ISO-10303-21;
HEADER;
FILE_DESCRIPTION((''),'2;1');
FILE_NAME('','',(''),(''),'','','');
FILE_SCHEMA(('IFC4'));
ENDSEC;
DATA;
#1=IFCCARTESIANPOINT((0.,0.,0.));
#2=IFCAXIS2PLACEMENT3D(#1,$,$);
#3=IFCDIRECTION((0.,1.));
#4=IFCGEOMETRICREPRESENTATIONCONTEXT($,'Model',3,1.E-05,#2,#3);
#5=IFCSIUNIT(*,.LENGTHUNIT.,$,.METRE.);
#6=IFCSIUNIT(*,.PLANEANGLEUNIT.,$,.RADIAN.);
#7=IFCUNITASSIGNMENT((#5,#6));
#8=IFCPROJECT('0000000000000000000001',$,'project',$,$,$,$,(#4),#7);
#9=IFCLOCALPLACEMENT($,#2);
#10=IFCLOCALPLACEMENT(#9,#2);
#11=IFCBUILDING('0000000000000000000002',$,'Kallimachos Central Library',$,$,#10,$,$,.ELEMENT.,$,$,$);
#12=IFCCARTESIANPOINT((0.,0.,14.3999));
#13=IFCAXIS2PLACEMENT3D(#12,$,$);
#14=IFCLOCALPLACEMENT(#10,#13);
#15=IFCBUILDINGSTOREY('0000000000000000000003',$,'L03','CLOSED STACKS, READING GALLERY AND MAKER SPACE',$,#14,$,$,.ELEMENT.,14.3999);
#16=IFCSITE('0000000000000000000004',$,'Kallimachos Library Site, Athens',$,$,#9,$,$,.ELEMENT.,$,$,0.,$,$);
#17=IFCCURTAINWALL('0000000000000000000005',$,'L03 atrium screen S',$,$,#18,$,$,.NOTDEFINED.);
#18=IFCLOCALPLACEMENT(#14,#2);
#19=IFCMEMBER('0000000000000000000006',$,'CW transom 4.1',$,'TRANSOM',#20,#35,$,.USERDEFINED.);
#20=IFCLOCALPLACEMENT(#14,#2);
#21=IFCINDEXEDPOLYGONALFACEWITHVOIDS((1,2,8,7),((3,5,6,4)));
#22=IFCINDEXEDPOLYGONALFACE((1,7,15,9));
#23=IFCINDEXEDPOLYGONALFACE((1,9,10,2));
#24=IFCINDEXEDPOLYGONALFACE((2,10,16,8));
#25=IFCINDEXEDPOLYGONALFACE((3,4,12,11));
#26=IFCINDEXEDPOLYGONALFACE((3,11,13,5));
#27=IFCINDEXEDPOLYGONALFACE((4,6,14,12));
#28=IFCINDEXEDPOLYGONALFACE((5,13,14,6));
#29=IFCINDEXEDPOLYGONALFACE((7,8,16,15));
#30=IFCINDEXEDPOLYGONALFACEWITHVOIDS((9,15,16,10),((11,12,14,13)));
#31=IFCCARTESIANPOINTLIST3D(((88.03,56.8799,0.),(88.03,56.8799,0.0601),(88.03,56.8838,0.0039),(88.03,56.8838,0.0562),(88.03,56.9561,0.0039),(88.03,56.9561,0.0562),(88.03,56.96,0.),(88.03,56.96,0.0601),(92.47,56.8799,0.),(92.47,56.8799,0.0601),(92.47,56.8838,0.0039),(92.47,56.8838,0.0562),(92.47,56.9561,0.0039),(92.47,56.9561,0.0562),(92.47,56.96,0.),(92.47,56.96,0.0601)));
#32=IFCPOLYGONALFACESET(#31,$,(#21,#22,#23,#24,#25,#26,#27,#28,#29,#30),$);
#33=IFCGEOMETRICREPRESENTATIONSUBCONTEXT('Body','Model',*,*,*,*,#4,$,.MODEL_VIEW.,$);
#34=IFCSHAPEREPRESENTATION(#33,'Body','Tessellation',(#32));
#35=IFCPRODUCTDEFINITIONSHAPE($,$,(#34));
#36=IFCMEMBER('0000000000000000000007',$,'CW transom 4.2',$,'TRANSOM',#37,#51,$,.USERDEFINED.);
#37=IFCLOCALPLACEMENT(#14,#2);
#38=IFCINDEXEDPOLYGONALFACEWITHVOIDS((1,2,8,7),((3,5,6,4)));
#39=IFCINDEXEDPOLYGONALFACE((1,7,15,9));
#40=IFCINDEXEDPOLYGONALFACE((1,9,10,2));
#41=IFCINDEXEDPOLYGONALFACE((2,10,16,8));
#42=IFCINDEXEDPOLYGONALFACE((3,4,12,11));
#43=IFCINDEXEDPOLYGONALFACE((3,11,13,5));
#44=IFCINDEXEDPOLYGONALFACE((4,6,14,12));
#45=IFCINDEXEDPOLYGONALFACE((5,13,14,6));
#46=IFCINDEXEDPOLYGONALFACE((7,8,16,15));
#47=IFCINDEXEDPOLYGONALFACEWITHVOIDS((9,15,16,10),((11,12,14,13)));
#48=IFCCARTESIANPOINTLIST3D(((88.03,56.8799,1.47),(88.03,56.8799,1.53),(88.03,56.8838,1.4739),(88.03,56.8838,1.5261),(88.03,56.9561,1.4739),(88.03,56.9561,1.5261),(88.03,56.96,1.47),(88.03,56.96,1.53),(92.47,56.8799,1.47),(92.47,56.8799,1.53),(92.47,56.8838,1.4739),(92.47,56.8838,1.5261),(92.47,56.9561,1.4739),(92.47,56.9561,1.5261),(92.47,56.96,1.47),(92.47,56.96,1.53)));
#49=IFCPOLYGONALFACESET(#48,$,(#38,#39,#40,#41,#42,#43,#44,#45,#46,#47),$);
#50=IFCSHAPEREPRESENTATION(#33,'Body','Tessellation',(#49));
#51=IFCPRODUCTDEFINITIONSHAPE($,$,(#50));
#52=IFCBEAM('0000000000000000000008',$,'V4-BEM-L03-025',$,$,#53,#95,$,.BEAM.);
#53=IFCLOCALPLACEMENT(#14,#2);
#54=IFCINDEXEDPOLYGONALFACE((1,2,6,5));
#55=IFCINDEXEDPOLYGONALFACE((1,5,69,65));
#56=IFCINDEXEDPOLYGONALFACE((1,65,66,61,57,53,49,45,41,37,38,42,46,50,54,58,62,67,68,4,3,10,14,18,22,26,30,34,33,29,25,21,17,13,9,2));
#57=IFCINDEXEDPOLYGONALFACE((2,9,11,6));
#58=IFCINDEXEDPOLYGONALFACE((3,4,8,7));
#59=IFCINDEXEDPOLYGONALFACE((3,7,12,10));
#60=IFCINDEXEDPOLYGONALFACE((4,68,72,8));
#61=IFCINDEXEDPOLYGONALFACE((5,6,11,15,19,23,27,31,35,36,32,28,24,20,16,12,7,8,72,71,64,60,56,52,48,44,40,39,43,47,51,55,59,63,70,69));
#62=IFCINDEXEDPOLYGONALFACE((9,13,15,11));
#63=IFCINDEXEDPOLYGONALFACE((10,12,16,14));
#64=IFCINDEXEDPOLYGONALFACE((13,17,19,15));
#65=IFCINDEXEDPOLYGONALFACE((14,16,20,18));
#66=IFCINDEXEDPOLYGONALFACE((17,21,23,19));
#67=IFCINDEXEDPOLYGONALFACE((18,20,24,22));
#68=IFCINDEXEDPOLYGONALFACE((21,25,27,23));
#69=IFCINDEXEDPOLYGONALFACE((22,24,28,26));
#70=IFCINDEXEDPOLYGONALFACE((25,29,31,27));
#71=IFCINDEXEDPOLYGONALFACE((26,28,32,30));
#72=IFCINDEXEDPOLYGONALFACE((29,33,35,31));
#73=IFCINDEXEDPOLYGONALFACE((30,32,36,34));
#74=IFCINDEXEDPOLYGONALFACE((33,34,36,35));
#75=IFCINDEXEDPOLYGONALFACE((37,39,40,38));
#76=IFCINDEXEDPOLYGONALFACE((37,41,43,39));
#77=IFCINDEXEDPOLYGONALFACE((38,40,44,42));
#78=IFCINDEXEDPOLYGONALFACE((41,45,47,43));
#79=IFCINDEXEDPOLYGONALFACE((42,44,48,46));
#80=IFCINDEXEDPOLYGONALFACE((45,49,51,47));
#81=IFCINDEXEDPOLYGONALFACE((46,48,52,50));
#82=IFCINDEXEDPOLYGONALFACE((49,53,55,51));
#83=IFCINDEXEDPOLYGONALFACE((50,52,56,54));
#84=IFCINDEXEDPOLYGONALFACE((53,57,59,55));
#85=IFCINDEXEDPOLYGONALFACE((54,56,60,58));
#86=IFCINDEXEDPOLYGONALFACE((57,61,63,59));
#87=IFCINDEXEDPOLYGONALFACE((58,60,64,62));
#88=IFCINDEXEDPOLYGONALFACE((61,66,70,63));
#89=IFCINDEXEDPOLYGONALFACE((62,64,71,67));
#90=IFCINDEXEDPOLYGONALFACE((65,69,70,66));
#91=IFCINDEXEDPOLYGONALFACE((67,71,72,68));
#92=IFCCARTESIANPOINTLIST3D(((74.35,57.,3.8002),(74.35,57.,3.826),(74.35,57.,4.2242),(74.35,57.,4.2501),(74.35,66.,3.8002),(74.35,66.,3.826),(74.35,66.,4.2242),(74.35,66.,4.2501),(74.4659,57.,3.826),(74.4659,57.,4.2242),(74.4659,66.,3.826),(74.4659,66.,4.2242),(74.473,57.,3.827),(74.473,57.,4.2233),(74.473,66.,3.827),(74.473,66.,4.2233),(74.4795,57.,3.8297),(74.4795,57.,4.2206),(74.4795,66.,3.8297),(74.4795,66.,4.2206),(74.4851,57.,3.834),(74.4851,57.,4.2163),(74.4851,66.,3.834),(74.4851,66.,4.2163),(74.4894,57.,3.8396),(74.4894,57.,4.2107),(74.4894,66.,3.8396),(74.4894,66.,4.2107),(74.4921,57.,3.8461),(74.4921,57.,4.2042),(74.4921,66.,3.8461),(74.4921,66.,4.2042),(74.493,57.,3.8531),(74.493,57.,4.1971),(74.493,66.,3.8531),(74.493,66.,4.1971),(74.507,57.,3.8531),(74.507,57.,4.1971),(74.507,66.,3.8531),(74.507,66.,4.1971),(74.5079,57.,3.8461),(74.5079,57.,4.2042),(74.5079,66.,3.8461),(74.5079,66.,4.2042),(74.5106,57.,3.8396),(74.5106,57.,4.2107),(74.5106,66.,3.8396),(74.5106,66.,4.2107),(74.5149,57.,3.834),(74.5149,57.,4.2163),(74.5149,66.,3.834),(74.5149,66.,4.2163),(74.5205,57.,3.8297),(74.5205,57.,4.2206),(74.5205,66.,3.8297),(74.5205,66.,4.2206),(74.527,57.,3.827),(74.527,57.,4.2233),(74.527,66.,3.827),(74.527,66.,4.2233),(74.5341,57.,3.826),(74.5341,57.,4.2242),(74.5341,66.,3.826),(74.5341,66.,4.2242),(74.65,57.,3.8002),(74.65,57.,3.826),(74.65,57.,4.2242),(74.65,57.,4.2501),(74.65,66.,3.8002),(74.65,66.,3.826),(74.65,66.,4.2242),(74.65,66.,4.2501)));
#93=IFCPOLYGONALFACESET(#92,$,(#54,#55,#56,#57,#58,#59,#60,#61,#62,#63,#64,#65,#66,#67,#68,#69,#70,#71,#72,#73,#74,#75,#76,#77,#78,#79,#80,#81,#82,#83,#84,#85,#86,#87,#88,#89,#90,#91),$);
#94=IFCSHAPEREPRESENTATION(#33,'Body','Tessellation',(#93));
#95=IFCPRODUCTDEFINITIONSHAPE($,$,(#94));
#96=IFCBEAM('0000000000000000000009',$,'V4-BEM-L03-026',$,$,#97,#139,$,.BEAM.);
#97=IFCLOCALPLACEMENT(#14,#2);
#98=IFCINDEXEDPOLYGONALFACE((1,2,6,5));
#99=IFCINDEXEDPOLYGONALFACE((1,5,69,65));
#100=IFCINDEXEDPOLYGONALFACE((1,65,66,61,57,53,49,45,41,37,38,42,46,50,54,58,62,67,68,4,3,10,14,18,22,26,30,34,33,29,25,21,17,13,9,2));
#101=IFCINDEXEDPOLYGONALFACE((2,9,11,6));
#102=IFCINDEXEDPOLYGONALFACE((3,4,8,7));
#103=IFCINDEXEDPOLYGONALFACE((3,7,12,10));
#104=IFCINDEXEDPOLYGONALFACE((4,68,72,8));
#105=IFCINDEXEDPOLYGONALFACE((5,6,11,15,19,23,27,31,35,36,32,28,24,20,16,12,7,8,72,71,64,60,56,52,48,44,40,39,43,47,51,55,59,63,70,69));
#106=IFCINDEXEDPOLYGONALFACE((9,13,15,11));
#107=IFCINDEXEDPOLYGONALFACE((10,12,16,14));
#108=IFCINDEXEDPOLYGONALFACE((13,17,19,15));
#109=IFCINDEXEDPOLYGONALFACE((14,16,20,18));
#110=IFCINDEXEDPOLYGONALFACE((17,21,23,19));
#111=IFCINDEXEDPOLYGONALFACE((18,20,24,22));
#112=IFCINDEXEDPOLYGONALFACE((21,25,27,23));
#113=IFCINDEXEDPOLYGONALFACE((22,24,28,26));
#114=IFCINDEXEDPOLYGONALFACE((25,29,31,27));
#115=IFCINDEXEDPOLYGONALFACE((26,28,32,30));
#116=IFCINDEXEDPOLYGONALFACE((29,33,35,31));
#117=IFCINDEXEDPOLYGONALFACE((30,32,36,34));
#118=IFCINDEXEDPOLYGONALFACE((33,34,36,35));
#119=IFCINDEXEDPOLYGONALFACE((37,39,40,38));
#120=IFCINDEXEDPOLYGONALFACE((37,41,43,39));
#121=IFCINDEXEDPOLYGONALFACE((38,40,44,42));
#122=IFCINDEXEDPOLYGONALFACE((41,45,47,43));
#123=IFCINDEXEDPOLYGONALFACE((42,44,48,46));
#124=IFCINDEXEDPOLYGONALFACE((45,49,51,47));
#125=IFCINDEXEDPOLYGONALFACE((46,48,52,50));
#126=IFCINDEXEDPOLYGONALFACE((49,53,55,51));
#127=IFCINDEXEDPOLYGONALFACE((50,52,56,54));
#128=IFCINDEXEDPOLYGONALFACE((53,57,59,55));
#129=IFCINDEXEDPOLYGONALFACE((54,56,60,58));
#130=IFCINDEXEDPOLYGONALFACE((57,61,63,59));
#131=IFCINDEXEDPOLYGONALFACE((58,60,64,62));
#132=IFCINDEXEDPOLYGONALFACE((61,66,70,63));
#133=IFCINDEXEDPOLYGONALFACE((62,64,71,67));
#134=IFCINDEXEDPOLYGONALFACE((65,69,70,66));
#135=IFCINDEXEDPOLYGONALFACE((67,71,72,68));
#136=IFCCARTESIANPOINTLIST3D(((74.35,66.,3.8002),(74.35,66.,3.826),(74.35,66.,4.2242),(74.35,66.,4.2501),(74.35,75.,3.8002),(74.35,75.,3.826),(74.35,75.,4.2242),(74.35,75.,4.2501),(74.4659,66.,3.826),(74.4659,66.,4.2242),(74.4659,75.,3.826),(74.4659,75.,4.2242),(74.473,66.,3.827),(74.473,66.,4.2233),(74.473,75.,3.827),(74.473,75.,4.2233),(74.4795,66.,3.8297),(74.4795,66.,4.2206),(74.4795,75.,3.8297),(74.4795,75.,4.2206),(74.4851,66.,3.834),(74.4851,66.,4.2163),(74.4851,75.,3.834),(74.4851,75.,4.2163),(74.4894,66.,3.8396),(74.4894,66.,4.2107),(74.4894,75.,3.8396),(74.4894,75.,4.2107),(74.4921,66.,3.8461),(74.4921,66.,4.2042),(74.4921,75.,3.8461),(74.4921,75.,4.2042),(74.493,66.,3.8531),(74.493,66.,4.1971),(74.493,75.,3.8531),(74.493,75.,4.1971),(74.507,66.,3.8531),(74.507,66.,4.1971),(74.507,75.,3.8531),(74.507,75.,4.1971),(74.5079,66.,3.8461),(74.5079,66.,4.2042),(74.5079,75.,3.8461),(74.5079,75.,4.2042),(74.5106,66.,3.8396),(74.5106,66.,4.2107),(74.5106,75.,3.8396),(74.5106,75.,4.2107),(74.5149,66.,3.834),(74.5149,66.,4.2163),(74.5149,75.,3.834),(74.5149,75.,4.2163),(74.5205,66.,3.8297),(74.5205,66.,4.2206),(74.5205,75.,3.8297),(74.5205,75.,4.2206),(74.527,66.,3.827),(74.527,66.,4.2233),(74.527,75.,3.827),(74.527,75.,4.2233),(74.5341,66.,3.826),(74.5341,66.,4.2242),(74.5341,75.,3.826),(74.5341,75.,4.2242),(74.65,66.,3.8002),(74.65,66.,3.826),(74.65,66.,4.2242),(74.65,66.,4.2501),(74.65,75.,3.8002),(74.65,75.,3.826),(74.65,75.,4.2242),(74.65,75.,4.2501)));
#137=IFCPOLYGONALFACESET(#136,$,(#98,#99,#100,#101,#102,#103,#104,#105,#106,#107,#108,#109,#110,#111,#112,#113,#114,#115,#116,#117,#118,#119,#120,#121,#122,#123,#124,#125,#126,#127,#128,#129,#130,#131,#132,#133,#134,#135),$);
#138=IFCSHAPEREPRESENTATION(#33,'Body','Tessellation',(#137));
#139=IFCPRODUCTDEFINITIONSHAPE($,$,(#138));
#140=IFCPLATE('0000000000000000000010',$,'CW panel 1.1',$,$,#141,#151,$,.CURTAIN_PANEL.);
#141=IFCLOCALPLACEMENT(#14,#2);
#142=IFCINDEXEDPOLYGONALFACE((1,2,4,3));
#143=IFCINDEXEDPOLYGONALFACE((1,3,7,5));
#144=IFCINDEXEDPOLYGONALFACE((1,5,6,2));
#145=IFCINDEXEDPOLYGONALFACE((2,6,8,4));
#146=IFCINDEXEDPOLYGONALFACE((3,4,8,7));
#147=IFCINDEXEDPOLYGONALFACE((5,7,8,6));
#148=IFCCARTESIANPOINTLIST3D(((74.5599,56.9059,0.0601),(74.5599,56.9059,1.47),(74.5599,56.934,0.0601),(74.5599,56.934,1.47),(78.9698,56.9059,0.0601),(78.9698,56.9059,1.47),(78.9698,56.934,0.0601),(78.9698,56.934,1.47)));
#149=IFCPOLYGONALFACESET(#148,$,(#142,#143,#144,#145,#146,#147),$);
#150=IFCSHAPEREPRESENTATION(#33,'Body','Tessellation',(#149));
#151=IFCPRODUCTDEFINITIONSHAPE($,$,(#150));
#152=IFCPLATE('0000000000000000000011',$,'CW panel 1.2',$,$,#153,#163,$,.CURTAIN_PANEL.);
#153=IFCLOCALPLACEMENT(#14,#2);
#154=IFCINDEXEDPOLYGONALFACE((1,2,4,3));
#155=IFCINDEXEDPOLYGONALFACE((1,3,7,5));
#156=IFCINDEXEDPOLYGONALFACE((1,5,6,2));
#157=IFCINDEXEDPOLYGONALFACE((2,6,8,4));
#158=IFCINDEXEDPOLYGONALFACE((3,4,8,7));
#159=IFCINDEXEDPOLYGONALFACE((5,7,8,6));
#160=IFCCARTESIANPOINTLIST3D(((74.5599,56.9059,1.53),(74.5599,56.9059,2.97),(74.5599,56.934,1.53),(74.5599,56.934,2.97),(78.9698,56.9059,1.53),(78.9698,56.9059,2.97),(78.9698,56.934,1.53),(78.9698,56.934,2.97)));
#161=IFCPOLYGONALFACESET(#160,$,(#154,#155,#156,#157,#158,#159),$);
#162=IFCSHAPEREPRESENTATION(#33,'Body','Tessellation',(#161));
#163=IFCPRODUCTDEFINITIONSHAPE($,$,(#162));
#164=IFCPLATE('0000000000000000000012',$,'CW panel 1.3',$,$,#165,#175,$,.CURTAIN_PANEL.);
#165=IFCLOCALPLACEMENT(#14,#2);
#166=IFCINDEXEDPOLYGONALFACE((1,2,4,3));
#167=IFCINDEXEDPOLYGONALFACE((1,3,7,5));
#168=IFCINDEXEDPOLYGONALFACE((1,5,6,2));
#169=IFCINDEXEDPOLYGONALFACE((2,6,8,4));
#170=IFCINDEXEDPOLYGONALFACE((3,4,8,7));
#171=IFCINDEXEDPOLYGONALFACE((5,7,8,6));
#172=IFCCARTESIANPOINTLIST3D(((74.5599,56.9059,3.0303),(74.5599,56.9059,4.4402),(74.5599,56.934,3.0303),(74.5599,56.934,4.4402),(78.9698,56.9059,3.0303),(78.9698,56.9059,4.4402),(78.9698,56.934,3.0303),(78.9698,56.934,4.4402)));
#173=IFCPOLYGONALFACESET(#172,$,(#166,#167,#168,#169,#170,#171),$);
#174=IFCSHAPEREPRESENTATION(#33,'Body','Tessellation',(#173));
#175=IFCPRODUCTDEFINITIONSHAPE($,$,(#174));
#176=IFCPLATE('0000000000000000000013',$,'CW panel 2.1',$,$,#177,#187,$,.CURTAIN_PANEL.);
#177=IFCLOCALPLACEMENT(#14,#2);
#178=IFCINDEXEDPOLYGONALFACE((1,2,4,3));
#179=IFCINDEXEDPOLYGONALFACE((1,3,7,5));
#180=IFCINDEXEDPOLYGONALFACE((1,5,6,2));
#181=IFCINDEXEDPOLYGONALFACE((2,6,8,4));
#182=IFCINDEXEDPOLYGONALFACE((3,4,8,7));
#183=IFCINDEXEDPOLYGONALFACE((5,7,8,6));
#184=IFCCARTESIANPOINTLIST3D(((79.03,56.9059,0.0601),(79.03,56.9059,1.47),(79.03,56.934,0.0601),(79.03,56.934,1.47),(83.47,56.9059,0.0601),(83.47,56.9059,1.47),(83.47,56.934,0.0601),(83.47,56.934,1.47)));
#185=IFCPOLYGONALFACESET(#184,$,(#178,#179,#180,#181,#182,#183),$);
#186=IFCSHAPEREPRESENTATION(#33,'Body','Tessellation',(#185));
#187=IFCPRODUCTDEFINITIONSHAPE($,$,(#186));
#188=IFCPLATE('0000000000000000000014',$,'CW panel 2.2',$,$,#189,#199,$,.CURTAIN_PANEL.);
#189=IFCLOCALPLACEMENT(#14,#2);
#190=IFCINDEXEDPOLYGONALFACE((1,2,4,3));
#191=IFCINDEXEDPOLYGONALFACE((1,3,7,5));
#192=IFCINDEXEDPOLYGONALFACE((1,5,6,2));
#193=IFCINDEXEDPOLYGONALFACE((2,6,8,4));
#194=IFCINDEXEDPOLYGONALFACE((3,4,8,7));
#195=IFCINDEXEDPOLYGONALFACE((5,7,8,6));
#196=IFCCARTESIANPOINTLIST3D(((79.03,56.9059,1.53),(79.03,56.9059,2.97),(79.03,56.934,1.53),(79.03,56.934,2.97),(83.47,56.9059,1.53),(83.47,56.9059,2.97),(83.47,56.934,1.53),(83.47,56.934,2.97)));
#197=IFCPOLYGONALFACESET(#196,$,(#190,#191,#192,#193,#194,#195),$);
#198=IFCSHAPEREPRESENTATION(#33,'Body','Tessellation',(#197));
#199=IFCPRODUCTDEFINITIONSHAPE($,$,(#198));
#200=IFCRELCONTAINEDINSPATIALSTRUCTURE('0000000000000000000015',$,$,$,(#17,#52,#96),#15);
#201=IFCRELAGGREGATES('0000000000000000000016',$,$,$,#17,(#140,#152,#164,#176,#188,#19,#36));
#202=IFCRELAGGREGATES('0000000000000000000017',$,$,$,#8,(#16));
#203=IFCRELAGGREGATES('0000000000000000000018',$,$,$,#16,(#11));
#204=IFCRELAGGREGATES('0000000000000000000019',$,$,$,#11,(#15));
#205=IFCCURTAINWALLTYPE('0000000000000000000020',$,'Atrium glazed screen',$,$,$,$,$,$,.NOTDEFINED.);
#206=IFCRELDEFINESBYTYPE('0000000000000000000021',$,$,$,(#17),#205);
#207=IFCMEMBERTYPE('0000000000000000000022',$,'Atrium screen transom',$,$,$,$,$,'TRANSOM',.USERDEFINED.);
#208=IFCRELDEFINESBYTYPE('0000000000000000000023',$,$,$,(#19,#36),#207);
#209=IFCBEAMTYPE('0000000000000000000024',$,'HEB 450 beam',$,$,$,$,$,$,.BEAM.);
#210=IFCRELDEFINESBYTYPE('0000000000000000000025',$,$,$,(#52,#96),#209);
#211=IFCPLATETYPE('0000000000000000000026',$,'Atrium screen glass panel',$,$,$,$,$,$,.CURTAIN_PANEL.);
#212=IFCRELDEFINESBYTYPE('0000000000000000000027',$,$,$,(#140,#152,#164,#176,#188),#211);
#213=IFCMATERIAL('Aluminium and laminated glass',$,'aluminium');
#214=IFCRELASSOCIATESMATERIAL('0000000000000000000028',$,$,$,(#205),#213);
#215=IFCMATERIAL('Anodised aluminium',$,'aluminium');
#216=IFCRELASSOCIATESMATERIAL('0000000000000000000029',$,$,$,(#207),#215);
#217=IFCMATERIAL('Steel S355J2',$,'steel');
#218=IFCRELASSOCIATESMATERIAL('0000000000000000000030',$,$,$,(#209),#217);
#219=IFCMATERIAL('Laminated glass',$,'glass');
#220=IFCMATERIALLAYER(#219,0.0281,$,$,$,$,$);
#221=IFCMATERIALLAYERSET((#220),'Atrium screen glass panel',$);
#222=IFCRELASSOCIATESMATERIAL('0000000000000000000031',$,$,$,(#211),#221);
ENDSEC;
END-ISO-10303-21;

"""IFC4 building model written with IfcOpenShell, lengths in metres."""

from ifc_helpers import new_model, si_unit, direction, frame, origin, origin_2d, place, context, subcontext, project, spatial, rectangle, hollow_rectangle, i_section, extrude, material, layer, layer_set, material_profile, profile_set, type_object, element, aggregate, save


model = new_model("IFC4")

# Units and contexts
model_context = context("Model", 3, precision=1e-05, world=origin(), true_north=direction((0.0, 1.0)))
body_context = subcontext(model_context, "Body", "Model", "MODEL_VIEW")
ifc_project = project(units=[si_unit("LENGTHUNIT", "METRE"), si_unit("PLANEANGLEUNIT", "RADIAN")], contexts=[model_context])

# Site, building, storey
site_placement = place(None, origin())
site = spatial("IfcSite", under=ifc_project, at=site_placement, Name="Kallimachos Library Site, Athens", CompositionType="ELEMENT", RefElevation=0.0)
building_placement = place(site_placement, origin())
building = spatial("IfcBuilding", under=site, at=building_placement, Name="Kallimachos Central Library", CompositionType="ELEMENT")
storey_placement = place(building_placement, frame((0.0, 0.0, 14.3999)))
storey = spatial("IfcBuildingStorey", under=building, at=storey_placement, Name="L03", Description="CLOSED STACKS, READING GALLERY AND MAKER SPACE", CompositionType="ELEMENT", Elevation=14.3999)

# Curtain wall, members
ifc_material_1 = material(Name="Aluminium and laminated glass", Category="aluminium")
curtain_wall_type = type_object("IfcCurtainWallType", Name="Atrium glazed screen", PredefinedType="NOTDEFINED", material=ifc_material_1)
curtain_wall_1_placement = place(storey_placement, origin())
curtain_wall_1 = element("IfcCurtainWall", 1, at=curtain_wall_1_placement, inside=storey, type_object=curtain_wall_type, Name="L03 atrium screen S", PredefinedType="NOTDEFINED")
ifc_material_2 = material(Name="Anodised aluminium", Category="aluminium")
ifc_material_profile_1 = material_profile(ifc_material_2, hollow_rectangle(XDim=0.0601, YDim=0.0801, WallThickness=0.0039, at=origin_2d()), Name="ALU TRANSOM 60x80")
ifc_profile_set_1 = profile_set([ifc_material_profile_1], Name="Anodised aluminium")
member_type_1 = type_object("IfcMemberType", Name="Atrium screen transom", ElementType="TRANSOM", PredefinedType="USERDEFINED", material=ifc_profile_set_1)
member_1_placement = place(storey_placement, frame((88.03, 56.9199, 0.03), z_axis=(1.0, 0.0, 0.0), x_axis=(0.0, 0.0, 1.0)))
member_1 = element("IfcMember", 2, at=member_1_placement, type_object=member_type_1, Name="CW transom 4.1", ObjectType="TRANSOM", PredefinedType="USERDEFINED", context=body_context, shape_type="SweptSolid", body=[
    extrude(hollow_rectangle(XDim=0.0601, YDim=0.0801, WallThickness=0.0039, at=origin_2d()), origin(), (0.0, 0.0, 1.0), 4.4399),
])
member_2_placement = place(storey_placement, frame((88.03, 56.9199, 1.5), z_axis=(1.0, 0.0, 0.0), x_axis=(0.0, 0.0, 1.0)))
member_2 = element("IfcMember", 3, at=member_2_placement, type_object=member_type_1, Name="CW transom 4.2", ObjectType="TRANSOM", PredefinedType="USERDEFINED", context=body_context, shape_type="SweptSolid", body=[
    extrude(hollow_rectangle(XDim=0.0601, YDim=0.0801, WallThickness=0.0039, at=origin_2d()), origin(), (0.0, 0.0, 1.0), 4.4399),
])

# Beams
ifc_material_3 = material(Name="Steel S355J2", Category="steel")
ifc_material_profile_2 = material_profile(ifc_material_3, i_section(OverallWidth=0.3, OverallDepth=0.45, WebThickness=0.0139, FlangeThickness=0.0259, FilletRadius=0.0271, at=origin_2d()), Name="HEB 450")
ifc_profile_set_2 = profile_set([ifc_material_profile_2], Name="Steel S355J2")
beam_type = type_object("IfcBeamType", Name="HEB 450 beam", PredefinedType="BEAM", material=ifc_profile_set_2)
for number, where, z_axis, x_axis, name in (
    (4, (74.5, 57.0, 4.0251), (0.0, 1.0, 0.0), (-1.0, 0.0, 0.0), "V4-BEM-L03-025"),
    (5, (74.5, 66.0, 4.0251), (0.0, 1.0, 0.0), (-1.0, 0.0, 0.0), "V4-BEM-L03-026"),
):
    element("IfcBeam", number, at=place(storey_placement, frame(where, z_axis=z_axis, x_axis=x_axis)), inside=storey, type_object=beam_type, Name=name, PredefinedType="BEAM", context=body_context, shape_type="SweptSolid", body=[
        extrude(i_section(OverallWidth=0.3, OverallDepth=0.45, WebThickness=0.0139, FlangeThickness=0.0259, FilletRadius=0.0271, at=origin_2d()), origin(), (0.0, 0.0, 1.0), 9.0),
    ])

# Plates
ifc_material_4 = material(Name="Laminated glass", Category="glass")
ifc_layer_1 = layer(ifc_material_4, 0.0281)
ifc_layer_set_1 = layer_set([ifc_layer_1], Name="Atrium screen glass panel")
plate_type = type_object("IfcPlateType", Name="Atrium screen glass panel", PredefinedType="CURTAIN_PANEL", material=ifc_layer_set_1)
plate_1_placement = place(storey_placement, frame((76.7649, 56.9199, 0.0601), z_axis=(0.0, 0.0, 1.0), x_axis=(1.0, 0.0, 0.0)))
plate_1 = element("IfcPlate", 6, at=plate_1_placement, type_object=plate_type, Name="CW panel 1.1", PredefinedType="CURTAIN_PANEL", context=body_context, shape_type="SweptSolid", body=[
    extrude(rectangle(XDim=4.4099, YDim=0.0281, at=origin_2d()), origin(), (0.0, 0.0, 1.0), 1.4099),
])
plate_2_placement = place(storey_placement, frame((76.7649, 56.9199, 1.53), z_axis=(0.0, 0.0, 1.0), x_axis=(1.0, 0.0, 0.0)))
plate_2 = element("IfcPlate", 7, at=plate_2_placement, type_object=plate_type, Name="CW panel 1.2", PredefinedType="CURTAIN_PANEL", context=body_context, shape_type="SweptSolid", body=[
    extrude(rectangle(XDim=4.4099, YDim=0.0281, at=origin_2d()), origin(), (0.0, 0.0, 1.0), 1.4399),
])
plate_3_placement = place(storey_placement, frame((76.7649, 56.9199, 3.0303), z_axis=(0.0, 0.0, 1.0), x_axis=(1.0, 0.0, 0.0)))
plate_3 = element("IfcPlate", 8, at=plate_3_placement, type_object=plate_type, Name="CW panel 1.3", PredefinedType="CURTAIN_PANEL", context=body_context, shape_type="SweptSolid", body=[
    extrude(rectangle(XDim=4.4099, YDim=0.0281, at=origin_2d()), origin(), (0.0, 0.0, 1.0), 1.4099),
])
plate_4_placement = place(storey_placement, frame((81.25, 56.9199, 0.0601), z_axis=(0.0, 0.0, 1.0), x_axis=(1.0, 0.0, 0.0)))
plate_4 = element("IfcPlate", 9, at=plate_4_placement, type_object=plate_type, Name="CW panel 2.1", PredefinedType="CURTAIN_PANEL", context=body_context, shape_type="SweptSolid", body=[
    extrude(rectangle(XDim=4.4399, YDim=0.0281, at=origin_2d()), origin(), (0.0, 0.0, 1.0), 1.4099),
])
plate_5_placement = place(storey_placement, frame((81.25, 56.9199, 1.53), z_axis=(0.0, 0.0, 1.0), x_axis=(1.0, 0.0, 0.0)))
plate_5 = element("IfcPlate", 10, at=plate_5_placement, type_object=plate_type, Name="CW panel 2.2", PredefinedType="CURTAIN_PANEL", context=body_context, shape_type="SweptSolid", body=[
    extrude(rectangle(XDim=4.4399, YDim=0.0281, at=origin_2d()), origin(), (0.0, 0.0, 1.0), 1.4399),
])
aggregate(curtain_wall_1, [plate_1, plate_2, plate_3, plate_4, plate_5, member_1, member_2])

save(model, "model.ifc")
